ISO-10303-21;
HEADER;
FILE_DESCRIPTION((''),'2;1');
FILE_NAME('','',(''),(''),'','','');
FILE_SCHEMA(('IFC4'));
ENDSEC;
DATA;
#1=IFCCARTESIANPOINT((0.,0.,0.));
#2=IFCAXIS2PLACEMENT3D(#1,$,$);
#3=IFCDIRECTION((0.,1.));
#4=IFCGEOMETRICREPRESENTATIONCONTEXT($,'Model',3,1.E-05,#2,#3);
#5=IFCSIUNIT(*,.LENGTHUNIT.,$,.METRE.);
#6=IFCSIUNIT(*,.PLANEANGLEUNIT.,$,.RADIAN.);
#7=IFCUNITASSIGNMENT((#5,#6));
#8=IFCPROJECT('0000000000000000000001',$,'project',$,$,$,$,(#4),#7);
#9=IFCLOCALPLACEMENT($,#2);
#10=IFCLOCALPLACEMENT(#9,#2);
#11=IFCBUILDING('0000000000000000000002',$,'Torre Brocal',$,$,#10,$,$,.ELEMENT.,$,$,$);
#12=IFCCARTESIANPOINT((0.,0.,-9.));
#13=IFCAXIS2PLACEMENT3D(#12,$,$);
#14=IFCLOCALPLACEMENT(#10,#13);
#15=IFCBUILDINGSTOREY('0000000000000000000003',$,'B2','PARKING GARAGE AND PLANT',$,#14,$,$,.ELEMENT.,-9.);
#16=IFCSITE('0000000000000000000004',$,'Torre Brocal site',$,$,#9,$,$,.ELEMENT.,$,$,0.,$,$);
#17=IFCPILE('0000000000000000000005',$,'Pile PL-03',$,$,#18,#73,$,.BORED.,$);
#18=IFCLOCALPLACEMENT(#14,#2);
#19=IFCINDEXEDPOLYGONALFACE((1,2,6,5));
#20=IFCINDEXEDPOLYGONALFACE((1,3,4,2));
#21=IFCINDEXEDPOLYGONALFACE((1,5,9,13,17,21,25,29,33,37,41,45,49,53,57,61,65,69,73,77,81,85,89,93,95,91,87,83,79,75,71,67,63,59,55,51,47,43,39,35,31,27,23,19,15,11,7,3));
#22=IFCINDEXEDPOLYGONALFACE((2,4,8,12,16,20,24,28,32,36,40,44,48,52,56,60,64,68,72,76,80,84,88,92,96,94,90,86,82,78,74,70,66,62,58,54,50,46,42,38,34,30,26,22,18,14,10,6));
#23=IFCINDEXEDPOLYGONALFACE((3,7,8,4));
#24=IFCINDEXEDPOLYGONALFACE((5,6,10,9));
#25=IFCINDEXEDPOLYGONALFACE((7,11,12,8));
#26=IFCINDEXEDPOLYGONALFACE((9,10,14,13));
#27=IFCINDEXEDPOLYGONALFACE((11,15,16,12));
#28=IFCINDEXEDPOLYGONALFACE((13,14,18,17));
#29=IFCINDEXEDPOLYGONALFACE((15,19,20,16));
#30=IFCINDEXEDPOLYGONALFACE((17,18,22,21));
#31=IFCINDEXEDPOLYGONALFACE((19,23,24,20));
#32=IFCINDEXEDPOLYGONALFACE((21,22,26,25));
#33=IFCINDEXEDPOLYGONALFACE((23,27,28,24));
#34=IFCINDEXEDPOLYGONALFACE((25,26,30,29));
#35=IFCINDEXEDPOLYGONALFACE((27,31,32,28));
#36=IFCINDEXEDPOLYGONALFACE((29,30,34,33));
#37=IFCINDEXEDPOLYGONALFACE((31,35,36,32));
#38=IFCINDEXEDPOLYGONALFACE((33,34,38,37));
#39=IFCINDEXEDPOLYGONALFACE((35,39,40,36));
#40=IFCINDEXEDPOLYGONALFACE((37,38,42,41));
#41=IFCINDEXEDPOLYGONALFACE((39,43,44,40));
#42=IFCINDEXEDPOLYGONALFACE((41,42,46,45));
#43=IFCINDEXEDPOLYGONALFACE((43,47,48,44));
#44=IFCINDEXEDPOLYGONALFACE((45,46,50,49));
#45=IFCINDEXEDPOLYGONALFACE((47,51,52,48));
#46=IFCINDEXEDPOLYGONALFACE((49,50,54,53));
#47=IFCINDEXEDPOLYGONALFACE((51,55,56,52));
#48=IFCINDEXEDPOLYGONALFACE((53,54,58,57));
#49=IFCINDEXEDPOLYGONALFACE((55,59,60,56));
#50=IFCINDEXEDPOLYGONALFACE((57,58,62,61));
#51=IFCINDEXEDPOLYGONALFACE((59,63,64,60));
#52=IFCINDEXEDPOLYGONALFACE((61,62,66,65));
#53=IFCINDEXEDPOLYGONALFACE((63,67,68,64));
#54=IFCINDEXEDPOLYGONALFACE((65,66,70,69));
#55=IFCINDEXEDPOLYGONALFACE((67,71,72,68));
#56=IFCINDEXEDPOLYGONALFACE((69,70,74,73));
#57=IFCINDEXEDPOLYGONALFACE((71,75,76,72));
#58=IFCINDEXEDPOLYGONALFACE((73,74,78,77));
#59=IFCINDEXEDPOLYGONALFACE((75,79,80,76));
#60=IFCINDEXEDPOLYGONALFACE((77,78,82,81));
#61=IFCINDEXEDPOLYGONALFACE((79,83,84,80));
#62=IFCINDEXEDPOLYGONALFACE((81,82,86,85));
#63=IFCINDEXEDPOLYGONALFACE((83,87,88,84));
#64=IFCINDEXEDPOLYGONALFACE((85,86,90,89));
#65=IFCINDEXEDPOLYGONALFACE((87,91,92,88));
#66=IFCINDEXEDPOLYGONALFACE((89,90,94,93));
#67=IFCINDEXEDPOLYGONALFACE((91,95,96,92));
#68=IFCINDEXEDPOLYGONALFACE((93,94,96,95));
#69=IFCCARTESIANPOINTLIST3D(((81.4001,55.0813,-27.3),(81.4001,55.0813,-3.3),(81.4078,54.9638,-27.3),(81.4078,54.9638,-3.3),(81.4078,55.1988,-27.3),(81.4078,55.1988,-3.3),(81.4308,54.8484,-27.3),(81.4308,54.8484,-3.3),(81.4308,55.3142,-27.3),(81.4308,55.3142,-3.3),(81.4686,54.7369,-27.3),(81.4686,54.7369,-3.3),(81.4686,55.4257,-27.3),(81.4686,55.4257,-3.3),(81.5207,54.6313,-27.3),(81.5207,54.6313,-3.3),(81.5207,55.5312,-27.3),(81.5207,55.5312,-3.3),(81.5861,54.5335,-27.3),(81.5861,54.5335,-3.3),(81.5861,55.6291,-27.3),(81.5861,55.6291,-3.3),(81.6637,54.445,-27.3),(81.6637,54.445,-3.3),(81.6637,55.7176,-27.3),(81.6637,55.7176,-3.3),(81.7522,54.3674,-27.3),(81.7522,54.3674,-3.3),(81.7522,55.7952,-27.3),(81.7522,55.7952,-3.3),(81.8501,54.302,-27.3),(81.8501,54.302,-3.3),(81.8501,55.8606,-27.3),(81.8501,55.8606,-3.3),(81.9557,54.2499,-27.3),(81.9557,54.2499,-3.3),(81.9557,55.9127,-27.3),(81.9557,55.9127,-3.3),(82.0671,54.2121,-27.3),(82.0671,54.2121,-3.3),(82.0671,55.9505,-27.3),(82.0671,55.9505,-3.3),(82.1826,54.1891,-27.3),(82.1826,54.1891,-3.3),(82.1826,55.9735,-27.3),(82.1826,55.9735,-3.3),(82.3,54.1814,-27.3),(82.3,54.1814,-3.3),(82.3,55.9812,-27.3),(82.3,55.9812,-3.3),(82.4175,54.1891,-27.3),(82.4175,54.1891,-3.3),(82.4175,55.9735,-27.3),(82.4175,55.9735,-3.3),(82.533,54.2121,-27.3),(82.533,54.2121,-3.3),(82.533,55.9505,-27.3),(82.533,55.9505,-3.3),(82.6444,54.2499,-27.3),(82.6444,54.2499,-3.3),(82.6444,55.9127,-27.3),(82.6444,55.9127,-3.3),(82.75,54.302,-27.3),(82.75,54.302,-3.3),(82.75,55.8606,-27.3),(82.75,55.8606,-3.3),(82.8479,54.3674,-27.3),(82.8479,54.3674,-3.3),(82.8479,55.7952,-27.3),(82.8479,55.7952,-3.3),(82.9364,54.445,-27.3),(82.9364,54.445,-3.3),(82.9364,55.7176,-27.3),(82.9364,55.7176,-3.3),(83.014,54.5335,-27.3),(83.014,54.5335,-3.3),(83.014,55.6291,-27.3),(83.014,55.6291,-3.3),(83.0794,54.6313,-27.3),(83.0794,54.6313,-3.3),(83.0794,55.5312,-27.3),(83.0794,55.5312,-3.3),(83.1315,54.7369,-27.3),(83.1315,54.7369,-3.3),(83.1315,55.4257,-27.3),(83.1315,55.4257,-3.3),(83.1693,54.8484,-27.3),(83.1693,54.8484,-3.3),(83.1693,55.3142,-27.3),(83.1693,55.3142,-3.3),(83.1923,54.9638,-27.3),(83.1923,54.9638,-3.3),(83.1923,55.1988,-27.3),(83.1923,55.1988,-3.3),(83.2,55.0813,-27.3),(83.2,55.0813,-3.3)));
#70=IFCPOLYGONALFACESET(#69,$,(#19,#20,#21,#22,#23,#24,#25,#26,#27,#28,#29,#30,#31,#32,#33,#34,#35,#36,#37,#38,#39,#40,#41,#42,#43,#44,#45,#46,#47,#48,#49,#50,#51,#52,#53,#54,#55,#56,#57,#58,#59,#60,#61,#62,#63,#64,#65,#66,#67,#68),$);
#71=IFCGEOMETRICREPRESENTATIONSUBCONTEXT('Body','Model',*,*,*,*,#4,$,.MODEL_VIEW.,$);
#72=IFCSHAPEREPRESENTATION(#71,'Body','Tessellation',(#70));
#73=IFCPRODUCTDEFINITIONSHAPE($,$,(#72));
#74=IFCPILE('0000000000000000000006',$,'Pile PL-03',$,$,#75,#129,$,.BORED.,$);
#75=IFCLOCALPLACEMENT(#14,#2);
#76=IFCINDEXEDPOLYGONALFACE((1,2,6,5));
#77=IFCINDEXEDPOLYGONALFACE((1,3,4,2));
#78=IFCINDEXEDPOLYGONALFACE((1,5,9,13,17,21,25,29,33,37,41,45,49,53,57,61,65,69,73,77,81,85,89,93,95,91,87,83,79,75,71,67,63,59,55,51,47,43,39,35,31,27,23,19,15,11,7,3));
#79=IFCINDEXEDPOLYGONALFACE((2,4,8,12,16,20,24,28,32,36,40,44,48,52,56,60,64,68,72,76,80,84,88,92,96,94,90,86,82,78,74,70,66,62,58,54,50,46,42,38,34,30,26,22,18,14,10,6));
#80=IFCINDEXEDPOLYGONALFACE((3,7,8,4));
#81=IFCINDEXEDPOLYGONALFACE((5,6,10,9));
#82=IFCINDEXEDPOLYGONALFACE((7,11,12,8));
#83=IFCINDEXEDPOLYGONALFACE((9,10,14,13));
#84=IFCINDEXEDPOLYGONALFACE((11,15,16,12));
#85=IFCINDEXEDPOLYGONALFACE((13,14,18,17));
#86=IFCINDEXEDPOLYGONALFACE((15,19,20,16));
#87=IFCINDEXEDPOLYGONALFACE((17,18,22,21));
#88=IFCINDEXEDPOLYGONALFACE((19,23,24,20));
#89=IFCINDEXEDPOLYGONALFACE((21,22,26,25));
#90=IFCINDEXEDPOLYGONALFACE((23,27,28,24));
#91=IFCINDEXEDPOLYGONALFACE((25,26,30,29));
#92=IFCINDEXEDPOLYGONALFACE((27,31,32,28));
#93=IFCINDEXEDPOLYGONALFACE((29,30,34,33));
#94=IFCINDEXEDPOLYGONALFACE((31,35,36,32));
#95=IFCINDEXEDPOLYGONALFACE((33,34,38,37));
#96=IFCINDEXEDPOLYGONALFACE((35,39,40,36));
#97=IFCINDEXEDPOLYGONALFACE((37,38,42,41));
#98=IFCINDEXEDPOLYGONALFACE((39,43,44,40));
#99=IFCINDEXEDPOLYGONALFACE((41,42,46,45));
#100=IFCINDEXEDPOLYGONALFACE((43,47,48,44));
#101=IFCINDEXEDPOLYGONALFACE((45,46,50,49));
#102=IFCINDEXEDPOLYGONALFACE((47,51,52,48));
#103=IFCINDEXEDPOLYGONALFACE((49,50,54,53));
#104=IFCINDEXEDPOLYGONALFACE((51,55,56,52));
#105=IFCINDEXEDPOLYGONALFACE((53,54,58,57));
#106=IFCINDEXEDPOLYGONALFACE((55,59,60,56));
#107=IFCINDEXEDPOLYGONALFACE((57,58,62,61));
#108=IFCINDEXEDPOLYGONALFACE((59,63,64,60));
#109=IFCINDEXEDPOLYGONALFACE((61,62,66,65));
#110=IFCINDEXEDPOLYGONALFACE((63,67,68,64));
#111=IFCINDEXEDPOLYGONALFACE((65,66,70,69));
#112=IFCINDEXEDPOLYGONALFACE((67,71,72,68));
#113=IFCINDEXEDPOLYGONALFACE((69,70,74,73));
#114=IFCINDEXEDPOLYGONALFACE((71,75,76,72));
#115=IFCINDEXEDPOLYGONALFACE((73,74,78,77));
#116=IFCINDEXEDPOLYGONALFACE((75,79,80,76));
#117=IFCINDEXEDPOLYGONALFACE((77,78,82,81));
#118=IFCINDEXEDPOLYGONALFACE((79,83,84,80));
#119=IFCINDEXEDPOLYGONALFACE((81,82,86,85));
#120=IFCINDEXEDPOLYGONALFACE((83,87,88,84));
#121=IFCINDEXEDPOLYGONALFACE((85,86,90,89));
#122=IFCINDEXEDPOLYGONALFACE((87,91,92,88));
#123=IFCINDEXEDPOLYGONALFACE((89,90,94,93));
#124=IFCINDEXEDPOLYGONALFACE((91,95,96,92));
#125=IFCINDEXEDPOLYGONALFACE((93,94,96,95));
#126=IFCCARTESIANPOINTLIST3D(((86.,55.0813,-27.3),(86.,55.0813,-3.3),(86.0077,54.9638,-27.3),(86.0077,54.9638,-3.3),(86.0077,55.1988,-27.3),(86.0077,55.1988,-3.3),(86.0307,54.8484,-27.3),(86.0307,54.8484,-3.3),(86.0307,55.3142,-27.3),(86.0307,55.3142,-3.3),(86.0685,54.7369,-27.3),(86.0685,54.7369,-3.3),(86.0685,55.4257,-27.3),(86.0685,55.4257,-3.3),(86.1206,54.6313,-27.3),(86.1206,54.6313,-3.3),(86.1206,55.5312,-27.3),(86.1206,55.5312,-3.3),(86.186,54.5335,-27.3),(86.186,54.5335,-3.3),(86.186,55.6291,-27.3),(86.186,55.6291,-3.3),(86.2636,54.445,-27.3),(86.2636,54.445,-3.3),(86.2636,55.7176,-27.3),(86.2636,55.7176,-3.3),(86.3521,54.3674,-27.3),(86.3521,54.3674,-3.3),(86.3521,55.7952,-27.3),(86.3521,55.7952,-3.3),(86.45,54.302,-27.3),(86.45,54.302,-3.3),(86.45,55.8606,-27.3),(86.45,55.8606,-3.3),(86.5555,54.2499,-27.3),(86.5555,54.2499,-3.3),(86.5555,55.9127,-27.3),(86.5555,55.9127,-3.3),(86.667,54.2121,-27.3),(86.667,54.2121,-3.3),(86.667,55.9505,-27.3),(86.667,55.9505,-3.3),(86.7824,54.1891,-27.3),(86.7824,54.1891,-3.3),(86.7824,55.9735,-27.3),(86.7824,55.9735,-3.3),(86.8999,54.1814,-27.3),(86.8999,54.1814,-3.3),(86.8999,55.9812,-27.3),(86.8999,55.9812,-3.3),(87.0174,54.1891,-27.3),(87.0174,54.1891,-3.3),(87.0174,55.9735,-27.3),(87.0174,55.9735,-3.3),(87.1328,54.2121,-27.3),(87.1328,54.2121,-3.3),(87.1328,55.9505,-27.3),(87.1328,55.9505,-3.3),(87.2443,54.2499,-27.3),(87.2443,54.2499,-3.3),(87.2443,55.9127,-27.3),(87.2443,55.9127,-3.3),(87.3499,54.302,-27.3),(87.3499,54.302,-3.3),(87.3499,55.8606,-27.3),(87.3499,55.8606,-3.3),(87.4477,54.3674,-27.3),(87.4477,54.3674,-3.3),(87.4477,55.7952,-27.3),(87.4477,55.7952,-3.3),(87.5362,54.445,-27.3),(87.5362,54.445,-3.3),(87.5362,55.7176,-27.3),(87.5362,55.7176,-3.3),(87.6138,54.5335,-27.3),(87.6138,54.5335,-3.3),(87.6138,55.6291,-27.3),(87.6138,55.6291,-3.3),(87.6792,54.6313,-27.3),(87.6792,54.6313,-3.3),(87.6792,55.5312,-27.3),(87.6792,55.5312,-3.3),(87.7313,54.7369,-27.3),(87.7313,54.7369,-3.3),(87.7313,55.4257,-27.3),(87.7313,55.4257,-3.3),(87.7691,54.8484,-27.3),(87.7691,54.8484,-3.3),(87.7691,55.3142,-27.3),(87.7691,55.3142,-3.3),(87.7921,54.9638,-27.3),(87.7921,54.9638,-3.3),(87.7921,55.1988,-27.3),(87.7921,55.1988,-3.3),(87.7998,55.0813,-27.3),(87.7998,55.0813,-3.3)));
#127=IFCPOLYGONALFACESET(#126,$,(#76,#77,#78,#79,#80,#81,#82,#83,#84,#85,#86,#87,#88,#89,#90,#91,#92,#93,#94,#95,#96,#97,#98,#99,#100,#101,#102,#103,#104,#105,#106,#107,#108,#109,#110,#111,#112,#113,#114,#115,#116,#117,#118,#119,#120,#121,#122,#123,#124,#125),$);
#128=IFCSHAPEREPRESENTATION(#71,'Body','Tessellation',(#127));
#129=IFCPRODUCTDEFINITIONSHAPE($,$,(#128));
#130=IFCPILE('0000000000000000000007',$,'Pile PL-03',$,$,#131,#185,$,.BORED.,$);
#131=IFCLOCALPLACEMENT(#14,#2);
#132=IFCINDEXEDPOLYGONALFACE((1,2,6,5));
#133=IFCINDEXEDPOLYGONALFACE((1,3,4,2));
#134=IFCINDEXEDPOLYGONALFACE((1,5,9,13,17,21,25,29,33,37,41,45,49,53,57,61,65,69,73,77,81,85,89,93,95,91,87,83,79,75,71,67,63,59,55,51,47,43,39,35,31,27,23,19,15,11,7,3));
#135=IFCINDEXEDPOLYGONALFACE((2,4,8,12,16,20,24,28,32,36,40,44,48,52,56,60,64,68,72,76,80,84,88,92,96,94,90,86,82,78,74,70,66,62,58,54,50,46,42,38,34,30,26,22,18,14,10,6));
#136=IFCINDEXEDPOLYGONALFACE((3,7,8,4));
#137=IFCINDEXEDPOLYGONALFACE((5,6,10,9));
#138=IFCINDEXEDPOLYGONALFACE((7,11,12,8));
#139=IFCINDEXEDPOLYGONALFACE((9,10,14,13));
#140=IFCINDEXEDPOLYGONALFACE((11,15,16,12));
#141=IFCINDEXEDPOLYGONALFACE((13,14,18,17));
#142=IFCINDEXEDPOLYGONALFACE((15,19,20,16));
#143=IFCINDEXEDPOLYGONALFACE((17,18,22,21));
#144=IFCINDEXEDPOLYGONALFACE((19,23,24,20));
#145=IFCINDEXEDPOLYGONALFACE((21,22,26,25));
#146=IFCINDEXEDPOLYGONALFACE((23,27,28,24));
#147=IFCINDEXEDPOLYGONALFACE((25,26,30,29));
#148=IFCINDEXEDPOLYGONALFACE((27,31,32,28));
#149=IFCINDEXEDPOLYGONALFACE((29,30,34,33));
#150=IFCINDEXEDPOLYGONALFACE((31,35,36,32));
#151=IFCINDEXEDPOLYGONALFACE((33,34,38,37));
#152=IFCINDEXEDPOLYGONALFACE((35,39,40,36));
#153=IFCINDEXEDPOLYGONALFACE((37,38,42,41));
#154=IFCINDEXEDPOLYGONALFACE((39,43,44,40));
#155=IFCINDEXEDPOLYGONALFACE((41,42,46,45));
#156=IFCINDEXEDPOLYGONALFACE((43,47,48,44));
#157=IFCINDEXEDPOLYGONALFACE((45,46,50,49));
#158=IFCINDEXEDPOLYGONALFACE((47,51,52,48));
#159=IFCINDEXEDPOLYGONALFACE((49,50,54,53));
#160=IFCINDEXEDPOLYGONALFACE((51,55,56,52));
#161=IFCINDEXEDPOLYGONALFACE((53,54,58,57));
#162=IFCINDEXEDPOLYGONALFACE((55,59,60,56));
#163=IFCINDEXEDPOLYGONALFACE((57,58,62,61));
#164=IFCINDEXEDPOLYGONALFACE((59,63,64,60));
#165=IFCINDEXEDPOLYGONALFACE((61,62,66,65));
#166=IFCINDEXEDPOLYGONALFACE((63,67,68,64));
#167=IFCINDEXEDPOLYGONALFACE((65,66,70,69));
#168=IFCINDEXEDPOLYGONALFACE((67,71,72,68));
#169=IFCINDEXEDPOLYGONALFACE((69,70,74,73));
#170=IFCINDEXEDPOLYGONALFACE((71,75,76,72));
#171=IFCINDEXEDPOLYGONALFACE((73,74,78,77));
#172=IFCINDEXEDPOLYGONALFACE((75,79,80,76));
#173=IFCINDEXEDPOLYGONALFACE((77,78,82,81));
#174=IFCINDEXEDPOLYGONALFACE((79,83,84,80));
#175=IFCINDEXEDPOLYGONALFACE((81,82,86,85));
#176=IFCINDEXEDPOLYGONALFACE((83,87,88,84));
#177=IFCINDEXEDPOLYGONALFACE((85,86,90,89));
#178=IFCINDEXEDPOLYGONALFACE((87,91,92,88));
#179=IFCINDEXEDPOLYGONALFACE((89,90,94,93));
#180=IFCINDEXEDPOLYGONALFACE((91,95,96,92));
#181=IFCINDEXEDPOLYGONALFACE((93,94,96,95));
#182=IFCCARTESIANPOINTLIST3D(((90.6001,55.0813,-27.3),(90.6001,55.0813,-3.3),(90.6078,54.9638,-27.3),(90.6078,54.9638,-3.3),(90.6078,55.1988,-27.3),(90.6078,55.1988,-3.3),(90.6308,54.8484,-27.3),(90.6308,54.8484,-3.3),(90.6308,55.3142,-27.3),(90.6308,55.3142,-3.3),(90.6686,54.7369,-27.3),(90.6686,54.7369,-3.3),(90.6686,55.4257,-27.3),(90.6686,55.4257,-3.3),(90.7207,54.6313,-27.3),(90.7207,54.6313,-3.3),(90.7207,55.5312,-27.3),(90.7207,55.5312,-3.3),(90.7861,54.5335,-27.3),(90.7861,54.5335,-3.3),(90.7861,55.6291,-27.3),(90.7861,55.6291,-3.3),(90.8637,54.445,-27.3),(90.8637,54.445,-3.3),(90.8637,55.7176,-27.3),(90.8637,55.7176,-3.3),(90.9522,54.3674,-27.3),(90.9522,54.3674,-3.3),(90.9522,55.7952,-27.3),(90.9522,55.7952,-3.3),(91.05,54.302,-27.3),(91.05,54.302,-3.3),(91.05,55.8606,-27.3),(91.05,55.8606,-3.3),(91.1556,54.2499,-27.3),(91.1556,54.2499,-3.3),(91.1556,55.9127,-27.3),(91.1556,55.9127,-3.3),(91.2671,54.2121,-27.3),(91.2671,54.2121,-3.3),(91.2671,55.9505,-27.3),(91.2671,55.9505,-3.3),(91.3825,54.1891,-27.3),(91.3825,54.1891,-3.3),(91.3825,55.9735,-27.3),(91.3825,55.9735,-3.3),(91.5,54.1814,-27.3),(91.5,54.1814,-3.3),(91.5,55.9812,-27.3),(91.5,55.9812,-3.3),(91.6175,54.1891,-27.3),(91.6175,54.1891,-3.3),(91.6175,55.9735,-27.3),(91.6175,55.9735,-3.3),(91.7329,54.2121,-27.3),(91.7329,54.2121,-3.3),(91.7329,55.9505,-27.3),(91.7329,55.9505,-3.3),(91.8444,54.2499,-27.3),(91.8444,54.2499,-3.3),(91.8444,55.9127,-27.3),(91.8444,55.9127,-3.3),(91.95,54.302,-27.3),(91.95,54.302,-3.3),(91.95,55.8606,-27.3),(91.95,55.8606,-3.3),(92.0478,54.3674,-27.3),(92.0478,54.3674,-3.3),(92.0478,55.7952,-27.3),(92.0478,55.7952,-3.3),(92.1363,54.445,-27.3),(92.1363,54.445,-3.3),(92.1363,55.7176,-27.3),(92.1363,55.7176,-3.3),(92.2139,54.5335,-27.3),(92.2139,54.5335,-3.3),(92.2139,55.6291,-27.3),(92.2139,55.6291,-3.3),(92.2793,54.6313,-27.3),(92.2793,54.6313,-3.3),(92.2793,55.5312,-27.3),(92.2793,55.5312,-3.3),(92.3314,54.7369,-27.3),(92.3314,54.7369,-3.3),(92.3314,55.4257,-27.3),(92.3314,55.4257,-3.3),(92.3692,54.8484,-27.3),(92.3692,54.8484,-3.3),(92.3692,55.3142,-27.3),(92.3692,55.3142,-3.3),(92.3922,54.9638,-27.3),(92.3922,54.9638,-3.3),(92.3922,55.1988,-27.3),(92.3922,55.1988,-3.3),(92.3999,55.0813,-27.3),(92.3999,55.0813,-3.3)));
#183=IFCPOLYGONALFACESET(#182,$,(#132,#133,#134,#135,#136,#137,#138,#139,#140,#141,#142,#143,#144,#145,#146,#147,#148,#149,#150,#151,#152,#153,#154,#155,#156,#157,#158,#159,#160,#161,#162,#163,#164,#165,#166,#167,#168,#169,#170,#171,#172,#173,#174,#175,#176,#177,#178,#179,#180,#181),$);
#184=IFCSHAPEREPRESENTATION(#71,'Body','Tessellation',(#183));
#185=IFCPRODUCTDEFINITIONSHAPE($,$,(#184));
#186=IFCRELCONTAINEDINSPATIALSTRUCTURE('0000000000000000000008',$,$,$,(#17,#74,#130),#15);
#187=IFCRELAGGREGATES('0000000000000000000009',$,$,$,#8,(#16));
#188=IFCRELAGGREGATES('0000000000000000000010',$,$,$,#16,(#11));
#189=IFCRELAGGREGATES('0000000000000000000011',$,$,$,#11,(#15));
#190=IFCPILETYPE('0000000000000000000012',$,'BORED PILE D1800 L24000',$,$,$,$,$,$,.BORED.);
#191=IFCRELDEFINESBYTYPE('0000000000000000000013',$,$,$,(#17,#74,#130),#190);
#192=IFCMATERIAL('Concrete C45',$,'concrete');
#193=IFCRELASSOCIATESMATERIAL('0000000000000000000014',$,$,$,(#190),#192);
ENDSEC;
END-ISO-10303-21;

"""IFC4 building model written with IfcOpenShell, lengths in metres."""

from ifc_helpers import new_model, si_unit, direction, frame, origin, origin_2d, place, context, subcontext, project, spatial, circle, extrude, material, material_profile, profile_set, type_object, element, save


model = new_model("IFC4")

# Units and contexts
model_context = context("Model", 3, precision=1e-05, world=origin(), true_north=direction((0.0, 1.0)))
body_context = subcontext(model_context, "Body", "Model", "MODEL_VIEW")
ifc_project = project(units=[si_unit("LENGTHUNIT", "METRE"), si_unit("PLANEANGLEUNIT", "RADIAN")], contexts=[model_context])

# Site, building, storey
site_placement = place(None, origin())
site = spatial("IfcSite", under=ifc_project, at=site_placement, Name="Torre Brocal site", CompositionType="ELEMENT", RefElevation=0.0)
building_placement = place(site_placement, origin())
building = spatial("IfcBuilding", under=site, at=building_placement, Name="Torre Brocal", CompositionType="ELEMENT")
storey_placement = place(building_placement, frame((0.0, 0.0, -9.0)))
storey = spatial("IfcBuildingStorey", under=building, at=storey_placement, Name="B2", Description="PARKING GARAGE AND PLANT", CompositionType="ELEMENT", Elevation=-9.0)

# Piles
ifc_material_1 = material(Name="Concrete C45", Category="concrete")
ifc_material_profile_1 = material_profile(ifc_material_1, circle(Radius=0.8999, at=origin_2d()), Name="BORED PILE D1800")
ifc_profile_set_1 = profile_set([ifc_material_profile_1], Name="Concrete C45")
pile_type_1 = type_object("IfcPileType", Name="BORED PILE D1800 L24000", PredefinedType="BORED", material=ifc_profile_set_1)
for number, where, z_axis, x_axis, name in (
    (1, (82.3, 55.0813, -3.3), (0.0, 0.0, -1.0), (1.0, 0.0, 0.0), "Pile PL-03"),
    (2, (86.8999, 55.0813, -3.3), (0.0, 0.0, -1.0), (1.0, 0.0, 0.0), "Pile PL-03"),
    (3, (91.5, 55.0813, -3.3), (0.0, 0.0, -1.0), (1.0, 0.0, 0.0), "Pile PL-03"),
):
    element("IfcPile", number, at=place(storey_placement, frame(where, z_axis=z_axis, x_axis=x_axis)), inside=storey, type_object=pile_type_1, Name=name, PredefinedType="BORED", context=body_context, shape_type="SweptSolid", body=[
        extrude(circle(Radius=0.8999, at=origin_2d()), origin(), (0.0, 0.0, 1.0), 24.0),
    ])

save(model, "model.ifc")
